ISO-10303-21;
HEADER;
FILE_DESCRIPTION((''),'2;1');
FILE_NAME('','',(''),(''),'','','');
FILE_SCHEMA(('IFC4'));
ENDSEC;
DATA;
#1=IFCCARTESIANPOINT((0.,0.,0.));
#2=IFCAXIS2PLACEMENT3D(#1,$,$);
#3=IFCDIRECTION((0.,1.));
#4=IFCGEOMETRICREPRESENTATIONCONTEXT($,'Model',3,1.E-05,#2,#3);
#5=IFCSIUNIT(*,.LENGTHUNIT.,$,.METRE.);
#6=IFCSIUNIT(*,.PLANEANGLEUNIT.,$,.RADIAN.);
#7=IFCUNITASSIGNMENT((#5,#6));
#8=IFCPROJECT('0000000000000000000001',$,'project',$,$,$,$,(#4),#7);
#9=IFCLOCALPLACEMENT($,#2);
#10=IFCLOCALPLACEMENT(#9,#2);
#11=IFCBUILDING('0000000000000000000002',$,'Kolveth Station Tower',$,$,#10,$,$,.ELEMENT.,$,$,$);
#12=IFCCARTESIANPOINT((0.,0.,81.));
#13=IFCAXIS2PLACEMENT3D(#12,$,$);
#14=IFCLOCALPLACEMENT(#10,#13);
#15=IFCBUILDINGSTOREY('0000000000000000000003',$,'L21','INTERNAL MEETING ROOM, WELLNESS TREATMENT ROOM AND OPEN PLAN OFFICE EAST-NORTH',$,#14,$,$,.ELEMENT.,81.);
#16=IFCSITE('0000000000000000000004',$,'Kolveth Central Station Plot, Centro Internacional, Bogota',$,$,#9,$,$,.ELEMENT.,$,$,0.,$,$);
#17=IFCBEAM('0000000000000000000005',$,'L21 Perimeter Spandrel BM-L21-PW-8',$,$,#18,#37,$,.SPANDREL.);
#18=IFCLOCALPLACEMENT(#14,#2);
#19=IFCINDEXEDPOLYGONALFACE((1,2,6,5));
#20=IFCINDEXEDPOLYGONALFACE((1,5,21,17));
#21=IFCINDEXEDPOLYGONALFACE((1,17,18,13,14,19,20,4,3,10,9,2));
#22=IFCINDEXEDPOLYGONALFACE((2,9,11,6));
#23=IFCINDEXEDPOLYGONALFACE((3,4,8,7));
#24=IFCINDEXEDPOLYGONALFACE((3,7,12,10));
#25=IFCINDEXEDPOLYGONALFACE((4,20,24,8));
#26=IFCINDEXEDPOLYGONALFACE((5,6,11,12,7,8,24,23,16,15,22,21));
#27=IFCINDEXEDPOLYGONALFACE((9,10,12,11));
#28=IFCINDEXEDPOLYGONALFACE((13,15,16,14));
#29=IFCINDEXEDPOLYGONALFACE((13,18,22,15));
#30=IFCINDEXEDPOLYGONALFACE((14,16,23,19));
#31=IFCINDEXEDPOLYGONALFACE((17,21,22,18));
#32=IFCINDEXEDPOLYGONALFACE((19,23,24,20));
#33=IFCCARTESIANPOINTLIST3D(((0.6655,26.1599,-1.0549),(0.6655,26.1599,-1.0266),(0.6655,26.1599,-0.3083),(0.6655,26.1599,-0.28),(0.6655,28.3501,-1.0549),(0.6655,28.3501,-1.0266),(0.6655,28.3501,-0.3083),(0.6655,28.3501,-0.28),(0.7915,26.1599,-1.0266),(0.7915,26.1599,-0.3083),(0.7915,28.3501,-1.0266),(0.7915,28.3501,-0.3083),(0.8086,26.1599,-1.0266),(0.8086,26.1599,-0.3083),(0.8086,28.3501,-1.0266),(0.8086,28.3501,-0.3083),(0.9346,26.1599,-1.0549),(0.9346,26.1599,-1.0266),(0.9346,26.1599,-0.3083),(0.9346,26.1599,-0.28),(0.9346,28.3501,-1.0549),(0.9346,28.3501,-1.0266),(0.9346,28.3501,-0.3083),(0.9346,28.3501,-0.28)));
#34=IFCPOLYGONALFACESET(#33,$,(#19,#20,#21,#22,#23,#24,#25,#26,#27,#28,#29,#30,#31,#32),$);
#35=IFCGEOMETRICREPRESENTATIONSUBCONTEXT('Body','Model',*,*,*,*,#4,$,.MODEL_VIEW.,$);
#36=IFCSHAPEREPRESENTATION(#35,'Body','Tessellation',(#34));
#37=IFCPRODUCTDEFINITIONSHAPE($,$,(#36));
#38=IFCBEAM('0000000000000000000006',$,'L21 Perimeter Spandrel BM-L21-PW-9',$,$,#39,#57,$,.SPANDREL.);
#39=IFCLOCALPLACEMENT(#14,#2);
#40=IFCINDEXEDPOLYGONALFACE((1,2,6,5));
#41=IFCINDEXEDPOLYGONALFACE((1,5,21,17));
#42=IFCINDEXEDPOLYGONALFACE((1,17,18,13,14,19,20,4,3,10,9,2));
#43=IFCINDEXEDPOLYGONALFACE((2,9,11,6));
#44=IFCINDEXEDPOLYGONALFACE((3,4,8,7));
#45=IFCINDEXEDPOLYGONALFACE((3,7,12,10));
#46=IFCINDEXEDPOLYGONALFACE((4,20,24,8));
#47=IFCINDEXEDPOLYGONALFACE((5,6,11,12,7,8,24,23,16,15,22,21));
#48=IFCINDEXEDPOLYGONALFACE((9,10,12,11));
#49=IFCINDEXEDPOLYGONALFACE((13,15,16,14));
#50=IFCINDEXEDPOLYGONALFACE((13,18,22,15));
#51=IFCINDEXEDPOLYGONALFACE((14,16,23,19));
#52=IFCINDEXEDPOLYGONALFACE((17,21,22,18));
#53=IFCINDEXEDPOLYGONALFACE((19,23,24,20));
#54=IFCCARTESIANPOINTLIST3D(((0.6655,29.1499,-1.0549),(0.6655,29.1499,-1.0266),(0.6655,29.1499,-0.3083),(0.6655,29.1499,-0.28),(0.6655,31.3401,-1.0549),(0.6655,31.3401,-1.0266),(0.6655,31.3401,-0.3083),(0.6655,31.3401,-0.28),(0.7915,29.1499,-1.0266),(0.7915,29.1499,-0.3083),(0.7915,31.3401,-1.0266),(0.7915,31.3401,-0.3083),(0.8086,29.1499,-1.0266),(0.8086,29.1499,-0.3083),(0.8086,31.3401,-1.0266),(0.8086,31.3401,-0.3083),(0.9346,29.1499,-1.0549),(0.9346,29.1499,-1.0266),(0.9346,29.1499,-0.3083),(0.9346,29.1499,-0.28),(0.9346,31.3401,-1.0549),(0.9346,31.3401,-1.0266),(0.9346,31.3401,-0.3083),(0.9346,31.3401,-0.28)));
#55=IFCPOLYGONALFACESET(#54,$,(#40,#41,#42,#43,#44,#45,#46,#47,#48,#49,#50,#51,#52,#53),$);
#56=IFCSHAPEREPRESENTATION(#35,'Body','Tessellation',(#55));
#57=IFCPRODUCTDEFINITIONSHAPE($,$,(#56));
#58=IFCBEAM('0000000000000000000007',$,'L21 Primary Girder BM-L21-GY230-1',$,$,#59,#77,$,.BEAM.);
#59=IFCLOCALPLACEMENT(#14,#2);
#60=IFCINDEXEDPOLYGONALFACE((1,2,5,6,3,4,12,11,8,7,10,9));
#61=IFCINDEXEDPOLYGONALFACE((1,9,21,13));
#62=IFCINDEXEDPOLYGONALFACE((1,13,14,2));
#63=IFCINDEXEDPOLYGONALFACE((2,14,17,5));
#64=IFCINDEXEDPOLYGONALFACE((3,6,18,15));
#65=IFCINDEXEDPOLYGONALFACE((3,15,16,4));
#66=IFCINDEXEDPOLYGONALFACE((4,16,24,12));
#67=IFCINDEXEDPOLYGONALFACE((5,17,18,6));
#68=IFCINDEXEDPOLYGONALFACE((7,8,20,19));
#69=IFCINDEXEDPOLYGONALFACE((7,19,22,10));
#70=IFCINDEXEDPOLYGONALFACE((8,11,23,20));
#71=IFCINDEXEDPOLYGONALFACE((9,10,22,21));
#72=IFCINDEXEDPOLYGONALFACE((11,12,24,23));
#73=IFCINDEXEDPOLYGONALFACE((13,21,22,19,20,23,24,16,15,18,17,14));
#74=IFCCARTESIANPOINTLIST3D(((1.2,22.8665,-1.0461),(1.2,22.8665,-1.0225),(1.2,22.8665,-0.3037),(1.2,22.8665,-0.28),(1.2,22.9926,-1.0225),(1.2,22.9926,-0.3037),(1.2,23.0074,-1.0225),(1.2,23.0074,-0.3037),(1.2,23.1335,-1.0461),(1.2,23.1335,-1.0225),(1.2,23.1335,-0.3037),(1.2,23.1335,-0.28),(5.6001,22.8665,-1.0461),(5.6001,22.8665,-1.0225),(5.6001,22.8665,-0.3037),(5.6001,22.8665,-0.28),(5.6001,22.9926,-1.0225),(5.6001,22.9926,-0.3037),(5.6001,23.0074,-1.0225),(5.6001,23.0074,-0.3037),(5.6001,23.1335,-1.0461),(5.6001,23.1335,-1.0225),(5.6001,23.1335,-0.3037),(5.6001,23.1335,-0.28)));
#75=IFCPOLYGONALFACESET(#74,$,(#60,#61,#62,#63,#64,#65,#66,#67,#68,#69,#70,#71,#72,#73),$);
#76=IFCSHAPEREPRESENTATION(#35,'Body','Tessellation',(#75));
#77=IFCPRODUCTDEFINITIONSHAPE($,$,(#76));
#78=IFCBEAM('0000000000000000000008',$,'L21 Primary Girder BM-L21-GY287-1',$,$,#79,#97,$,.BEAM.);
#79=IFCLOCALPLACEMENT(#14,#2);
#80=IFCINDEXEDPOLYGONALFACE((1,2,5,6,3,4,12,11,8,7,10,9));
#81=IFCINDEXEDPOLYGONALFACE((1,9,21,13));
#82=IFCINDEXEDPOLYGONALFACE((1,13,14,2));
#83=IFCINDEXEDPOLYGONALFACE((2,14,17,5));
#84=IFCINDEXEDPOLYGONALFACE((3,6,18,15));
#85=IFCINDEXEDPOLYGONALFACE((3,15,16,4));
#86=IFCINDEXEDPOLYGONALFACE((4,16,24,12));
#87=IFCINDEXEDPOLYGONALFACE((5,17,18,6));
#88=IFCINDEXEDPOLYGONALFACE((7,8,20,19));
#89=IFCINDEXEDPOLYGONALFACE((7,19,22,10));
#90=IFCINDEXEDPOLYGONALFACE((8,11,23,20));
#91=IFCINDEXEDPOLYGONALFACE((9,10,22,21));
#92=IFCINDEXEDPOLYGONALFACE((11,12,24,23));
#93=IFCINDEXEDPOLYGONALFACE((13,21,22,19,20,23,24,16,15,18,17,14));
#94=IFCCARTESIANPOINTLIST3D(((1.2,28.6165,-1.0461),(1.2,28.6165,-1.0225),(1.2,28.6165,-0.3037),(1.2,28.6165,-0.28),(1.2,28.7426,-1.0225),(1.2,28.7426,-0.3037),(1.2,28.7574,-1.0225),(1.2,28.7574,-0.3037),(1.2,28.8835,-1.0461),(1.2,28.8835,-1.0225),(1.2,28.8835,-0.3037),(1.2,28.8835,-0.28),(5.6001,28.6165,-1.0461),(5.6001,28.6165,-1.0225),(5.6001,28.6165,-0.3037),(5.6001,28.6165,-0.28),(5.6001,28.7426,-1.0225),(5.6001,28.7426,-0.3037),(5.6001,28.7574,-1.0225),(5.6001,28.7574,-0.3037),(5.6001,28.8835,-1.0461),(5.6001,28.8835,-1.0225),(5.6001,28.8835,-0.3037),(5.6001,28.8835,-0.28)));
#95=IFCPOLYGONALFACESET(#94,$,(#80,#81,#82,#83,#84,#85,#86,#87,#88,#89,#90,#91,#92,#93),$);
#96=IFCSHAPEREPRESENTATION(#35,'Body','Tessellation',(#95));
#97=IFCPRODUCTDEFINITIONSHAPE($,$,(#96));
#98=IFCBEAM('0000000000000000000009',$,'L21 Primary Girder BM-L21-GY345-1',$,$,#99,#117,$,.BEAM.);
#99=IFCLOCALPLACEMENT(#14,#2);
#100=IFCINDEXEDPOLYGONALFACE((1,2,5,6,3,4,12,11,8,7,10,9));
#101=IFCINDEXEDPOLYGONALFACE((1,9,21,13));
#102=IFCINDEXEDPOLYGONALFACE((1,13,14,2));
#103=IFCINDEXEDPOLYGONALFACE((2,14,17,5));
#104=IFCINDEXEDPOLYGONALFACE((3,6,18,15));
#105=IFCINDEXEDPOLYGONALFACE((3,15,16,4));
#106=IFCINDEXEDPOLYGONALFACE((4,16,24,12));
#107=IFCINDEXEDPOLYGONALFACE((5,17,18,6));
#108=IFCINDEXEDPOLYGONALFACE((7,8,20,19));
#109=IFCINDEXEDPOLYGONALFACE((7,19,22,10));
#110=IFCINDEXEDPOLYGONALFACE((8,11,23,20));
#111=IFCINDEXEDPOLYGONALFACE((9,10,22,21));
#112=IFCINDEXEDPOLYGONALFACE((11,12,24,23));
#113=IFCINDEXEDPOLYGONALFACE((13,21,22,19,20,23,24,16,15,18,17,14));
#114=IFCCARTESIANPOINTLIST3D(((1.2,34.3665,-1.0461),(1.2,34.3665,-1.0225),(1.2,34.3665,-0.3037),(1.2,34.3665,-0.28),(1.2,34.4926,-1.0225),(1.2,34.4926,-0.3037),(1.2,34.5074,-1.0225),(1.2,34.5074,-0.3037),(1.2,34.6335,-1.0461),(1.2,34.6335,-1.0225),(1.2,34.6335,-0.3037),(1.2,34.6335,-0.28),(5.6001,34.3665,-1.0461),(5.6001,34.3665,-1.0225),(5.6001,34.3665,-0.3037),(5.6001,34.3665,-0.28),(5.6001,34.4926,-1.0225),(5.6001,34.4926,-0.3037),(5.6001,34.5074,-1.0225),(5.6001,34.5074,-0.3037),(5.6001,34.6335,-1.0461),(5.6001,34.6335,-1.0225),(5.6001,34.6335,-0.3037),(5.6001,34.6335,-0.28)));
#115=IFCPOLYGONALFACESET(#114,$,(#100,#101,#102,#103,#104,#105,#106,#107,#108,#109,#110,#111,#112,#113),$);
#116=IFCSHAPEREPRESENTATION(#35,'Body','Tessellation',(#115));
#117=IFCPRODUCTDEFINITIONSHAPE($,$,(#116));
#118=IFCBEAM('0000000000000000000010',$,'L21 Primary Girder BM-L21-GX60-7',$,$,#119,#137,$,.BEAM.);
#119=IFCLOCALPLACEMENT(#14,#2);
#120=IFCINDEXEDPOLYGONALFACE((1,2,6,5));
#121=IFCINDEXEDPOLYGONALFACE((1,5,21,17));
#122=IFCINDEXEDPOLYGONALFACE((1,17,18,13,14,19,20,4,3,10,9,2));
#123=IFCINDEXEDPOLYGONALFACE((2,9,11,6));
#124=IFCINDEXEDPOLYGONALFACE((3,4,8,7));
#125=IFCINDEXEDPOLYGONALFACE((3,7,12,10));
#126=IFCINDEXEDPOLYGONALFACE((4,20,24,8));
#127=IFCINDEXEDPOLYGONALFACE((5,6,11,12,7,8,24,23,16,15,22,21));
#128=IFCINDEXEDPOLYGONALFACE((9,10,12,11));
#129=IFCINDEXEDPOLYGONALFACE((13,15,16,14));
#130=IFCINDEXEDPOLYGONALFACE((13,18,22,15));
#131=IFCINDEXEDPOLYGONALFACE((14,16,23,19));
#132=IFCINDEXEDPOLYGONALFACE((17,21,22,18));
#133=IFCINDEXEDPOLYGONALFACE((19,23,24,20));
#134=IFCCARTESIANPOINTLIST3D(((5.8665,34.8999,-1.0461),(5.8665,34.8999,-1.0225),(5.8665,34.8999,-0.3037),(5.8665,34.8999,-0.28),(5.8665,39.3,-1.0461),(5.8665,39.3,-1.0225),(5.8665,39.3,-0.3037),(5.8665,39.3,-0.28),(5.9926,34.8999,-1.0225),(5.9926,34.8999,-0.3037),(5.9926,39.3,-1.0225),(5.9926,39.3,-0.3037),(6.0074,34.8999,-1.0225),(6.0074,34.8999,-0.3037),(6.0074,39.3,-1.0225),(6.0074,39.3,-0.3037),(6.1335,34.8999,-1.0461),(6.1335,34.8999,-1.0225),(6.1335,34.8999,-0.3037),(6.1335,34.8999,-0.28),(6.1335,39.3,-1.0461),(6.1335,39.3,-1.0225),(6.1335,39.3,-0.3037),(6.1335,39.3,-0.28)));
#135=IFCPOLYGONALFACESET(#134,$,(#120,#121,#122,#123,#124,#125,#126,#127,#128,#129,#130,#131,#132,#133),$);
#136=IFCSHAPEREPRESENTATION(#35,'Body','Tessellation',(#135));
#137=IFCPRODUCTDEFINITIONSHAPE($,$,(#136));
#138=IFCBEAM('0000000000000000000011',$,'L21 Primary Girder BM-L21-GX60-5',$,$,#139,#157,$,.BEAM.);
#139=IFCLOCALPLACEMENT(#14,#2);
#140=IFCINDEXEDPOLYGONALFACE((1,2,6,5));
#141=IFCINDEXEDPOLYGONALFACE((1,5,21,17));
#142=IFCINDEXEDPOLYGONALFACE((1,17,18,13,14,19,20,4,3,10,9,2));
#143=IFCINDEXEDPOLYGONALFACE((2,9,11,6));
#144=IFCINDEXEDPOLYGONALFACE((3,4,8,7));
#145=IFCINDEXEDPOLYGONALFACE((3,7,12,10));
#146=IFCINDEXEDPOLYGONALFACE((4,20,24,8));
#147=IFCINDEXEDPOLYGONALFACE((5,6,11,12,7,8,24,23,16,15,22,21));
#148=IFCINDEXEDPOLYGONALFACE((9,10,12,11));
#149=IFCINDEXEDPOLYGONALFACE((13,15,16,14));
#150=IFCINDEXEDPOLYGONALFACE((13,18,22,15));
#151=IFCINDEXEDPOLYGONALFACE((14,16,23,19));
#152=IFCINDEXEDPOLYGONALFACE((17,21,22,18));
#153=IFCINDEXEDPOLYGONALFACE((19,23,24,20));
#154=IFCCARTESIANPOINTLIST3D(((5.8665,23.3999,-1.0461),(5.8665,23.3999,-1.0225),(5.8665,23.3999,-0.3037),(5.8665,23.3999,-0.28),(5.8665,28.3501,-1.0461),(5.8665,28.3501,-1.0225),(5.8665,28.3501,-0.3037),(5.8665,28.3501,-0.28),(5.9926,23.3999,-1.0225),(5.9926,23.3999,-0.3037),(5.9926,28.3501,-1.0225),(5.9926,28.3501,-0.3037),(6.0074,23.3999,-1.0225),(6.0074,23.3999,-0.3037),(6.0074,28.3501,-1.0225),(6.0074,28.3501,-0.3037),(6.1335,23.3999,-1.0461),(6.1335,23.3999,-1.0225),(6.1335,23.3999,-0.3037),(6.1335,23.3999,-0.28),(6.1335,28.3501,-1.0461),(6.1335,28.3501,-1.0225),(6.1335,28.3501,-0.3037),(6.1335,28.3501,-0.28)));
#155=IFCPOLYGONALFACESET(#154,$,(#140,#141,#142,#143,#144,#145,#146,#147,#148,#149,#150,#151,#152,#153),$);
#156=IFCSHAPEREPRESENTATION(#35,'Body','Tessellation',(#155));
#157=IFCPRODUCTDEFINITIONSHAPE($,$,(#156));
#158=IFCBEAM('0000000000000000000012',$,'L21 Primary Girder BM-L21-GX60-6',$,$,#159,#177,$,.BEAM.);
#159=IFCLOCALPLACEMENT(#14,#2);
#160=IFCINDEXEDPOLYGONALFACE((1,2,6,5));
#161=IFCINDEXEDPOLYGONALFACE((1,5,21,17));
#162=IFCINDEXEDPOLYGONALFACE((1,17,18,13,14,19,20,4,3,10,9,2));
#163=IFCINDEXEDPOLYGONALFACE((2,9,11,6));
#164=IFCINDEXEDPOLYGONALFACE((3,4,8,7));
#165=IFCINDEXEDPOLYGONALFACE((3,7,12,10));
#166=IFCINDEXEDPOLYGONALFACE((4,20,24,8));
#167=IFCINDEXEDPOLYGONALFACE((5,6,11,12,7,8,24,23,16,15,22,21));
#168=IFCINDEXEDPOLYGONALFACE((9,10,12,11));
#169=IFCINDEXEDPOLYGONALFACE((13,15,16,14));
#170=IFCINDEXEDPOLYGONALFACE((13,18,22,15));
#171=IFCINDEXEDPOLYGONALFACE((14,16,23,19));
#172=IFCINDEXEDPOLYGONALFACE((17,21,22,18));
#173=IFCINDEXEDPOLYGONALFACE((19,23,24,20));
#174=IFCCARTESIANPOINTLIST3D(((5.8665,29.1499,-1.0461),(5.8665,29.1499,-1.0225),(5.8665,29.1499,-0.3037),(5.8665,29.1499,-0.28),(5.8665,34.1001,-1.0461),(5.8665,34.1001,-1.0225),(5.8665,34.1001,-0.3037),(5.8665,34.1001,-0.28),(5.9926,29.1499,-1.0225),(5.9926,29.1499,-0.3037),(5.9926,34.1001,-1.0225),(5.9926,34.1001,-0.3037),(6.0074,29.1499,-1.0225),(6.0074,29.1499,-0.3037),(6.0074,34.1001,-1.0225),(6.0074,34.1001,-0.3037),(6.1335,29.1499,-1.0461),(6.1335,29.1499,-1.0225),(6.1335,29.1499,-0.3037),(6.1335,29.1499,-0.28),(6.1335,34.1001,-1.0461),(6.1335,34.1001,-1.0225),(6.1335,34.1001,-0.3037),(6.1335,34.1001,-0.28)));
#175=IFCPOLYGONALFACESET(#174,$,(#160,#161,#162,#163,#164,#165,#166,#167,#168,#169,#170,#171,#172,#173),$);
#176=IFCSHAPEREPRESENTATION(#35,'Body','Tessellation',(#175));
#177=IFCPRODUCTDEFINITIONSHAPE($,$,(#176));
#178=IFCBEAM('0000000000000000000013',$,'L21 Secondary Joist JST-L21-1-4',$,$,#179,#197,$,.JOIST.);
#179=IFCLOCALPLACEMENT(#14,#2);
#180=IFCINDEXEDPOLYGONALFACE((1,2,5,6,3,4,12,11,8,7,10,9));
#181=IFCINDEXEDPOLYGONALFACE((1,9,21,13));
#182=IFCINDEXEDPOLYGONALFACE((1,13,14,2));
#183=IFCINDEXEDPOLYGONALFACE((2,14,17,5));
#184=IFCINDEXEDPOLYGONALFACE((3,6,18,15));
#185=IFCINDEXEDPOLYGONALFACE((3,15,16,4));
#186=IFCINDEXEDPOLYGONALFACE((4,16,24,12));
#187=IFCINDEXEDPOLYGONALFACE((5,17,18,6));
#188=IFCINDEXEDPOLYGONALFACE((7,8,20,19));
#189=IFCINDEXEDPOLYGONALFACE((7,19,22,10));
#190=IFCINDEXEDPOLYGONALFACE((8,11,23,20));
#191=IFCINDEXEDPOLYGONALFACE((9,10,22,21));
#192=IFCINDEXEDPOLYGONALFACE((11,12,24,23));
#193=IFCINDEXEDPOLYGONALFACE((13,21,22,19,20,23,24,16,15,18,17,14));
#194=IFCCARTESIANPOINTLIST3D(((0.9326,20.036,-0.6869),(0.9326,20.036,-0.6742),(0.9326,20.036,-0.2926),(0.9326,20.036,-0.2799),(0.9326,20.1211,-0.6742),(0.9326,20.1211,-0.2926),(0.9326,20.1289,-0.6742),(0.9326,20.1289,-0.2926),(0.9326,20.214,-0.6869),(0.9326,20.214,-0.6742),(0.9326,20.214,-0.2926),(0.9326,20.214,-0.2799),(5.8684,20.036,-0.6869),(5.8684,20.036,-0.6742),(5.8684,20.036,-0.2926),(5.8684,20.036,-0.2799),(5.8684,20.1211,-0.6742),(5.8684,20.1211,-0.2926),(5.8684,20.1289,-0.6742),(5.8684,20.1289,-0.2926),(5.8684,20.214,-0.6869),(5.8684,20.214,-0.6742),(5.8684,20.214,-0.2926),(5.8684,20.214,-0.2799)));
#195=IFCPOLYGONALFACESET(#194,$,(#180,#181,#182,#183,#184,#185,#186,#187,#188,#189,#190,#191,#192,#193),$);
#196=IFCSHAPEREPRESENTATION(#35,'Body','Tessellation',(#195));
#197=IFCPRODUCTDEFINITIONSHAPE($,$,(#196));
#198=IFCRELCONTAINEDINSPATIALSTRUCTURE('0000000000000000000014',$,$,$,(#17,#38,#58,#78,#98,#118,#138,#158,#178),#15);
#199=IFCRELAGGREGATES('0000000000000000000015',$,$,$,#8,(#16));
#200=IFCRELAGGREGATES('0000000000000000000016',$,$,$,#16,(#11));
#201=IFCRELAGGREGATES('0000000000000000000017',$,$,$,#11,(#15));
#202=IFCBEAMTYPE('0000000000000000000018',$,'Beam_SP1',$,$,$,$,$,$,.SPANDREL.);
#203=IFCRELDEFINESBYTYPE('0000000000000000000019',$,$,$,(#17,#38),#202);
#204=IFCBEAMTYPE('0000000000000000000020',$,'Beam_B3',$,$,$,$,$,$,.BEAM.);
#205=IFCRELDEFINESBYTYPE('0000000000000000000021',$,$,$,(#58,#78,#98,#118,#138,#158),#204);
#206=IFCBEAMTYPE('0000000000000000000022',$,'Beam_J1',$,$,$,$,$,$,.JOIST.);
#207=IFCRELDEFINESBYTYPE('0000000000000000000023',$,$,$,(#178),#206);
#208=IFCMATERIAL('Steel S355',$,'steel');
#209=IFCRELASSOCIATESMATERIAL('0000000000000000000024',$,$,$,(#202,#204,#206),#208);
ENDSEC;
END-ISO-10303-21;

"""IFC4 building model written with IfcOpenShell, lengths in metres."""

from ifc_helpers import new_model, si_unit, direction, frame, origin, origin_2d, place, context, subcontext, project, spatial, i_section, extrude, source, transform, mapped, material, material_profile, profile_set, type_object, element, save


model = new_model("IFC4")

# Units and contexts
model_context = context("Model", 3, precision=1e-05, world=origin(), true_north=direction((0.0, 1.0)))
body_context = subcontext(model_context, "Body", "Model", "MODEL_VIEW")
ifc_project = project(units=[si_unit("LENGTHUNIT", "METRE"), si_unit("PLANEANGLEUNIT", "RADIAN")], contexts=[model_context])

# Site, building, storey
site_placement = place(None, origin())
site = spatial("IfcSite", under=ifc_project, at=site_placement, Name="Kolveth Central Station Plot, Centro Internacional, Bogota", CompositionType="ELEMENT", RefElevation=0.0)
building_placement = place(site_placement, origin())
building = spatial("IfcBuilding", under=site, at=building_placement, Name="Kolveth Station Tower", CompositionType="ELEMENT")
storey_placement = place(building_placement, frame((0.0, 0.0, 81.0)))
storey = spatial("IfcBuildingStorey", under=building, at=storey_placement, Name="L21", Description="INTERNAL MEETING ROOM, WELLNESS TREATMENT ROOM AND OPEN PLAN OFFICE EAST-NORTH", CompositionType="ELEMENT", Elevation=81.0)

# Shared definitions
ifc_material_1 = material(Name="Steel S355", Category="steel")

# Beams
ifc_material_profile_1 = material_profile(ifc_material_1, i_section(OverallWidth=0.269, OverallDepth=0.7749, WebThickness=0.0171, FlangeThickness=0.0283, at=origin_2d()), Name="W760x220")
ifc_profile_set_1 = profile_set([ifc_material_profile_1], Name="Steel S355")
beam_type_1 = type_object("IfcBeamType", Name="Beam_SP1", PredefinedType="SPANDREL", material=ifc_profile_set_1)
shared_shape_1 = source(origin(), body_context, "Body", "SweptSolid", [
    extrude(i_section(OverallWidth=0.269, OverallDepth=0.7749, WebThickness=0.0171, FlangeThickness=0.0283, at=origin_2d()), origin(), (0.0, 0.0, 1.0), 2.1902),
])
for number, where, z_axis, x_axis, name in (
    (1, (0.8, 26.1599, -0.6675), (0.0, 1.0, 0.0), (-1.0, 0.0, 0.0), "L21 Perimeter Spandrel BM-L21-PW-8"),
    (2, (0.8, 29.1499, -0.6675), (0.0, 1.0, 0.0), (-1.0, 0.0, 0.0), "L21 Perimeter Spandrel BM-L21-PW-9"),
):
    element("IfcBeam", number, at=place(storey_placement, frame(where, z_axis=z_axis, x_axis=x_axis)), inside=storey, type_object=beam_type_1, Name=name, PredefinedType="SPANDREL", context=body_context, shape_type="MappedRepresentation", body=[
        mapped(shared_shape_1, transform((0.0, 0.0, 0.0), x_axis=(1.0, 0.0, 0.0), y_axis=(0.0, 1.0, 0.0), z_axis=(0.0, 0.0, 1.0), scale=1.0)),
    ])
ifc_material_profile_2 = material_profile(ifc_material_1, i_section(OverallWidth=0.2671, OverallDepth=0.7661, WebThickness=0.0149, FlangeThickness=0.0237, at=origin_2d()), Name="W760x185")
ifc_profile_set_2 = profile_set([ifc_material_profile_2], Name="Steel S355")
beam_type_2 = type_object("IfcBeamType", Name="Beam_B3", PredefinedType="BEAM", material=ifc_profile_set_2)
shared_shape_2 = source(origin(), body_context, "Body", "SweptSolid", [
    extrude(i_section(OverallWidth=0.2671, OverallDepth=0.7661, WebThickness=0.0149, FlangeThickness=0.0237, at=origin_2d()), origin(), (0.0, 0.0, 1.0), 4.4001),
])
for number, where, z_axis, x_axis, name in (
    (3, (1.2, 23.0, -0.6631), (1.0, 0.0, 0.0), (0.0, 1.0, 0.0), "L21 Primary Girder BM-L21-GY230-1"),
    (4, (1.2, 28.75, -0.6631), (1.0, 0.0, 0.0), (0.0, 1.0, 0.0), "L21 Primary Girder BM-L21-GY287-1"),
    (5, (1.2, 34.5, -0.6631), (1.0, 0.0, 0.0), (0.0, 1.0, 0.0), "L21 Primary Girder BM-L21-GY345-1"),
    (6, (6.0, 34.8999, -0.6631), (0.0, 1.0, 0.0), (-1.0, 0.0, 0.0), "L21 Primary Girder BM-L21-GX60-7"),
):
    element("IfcBeam", number, at=place(storey_placement, frame(where, z_axis=z_axis, x_axis=x_axis)), inside=storey, type_object=beam_type_2, Name=name, PredefinedType="BEAM", context=body_context, shape_type="MappedRepresentation", body=[
        mapped(shared_shape_2, transform((0.0, 0.0, 0.0), x_axis=(1.0, 0.0, 0.0), y_axis=(0.0, 1.0, 0.0), z_axis=(0.0, 0.0, 1.0), scale=1.0)),
    ])
shared_shape_3 = source(origin(), body_context, "Body", "SweptSolid", [
    extrude(i_section(OverallWidth=0.2671, OverallDepth=0.7661, WebThickness=0.0149, FlangeThickness=0.0237, at=origin_2d()), origin(), (0.0, 0.0, 1.0), 4.9502),
])
for number, where, z_axis, x_axis, name in (
    (7, (6.0, 23.3999, -0.6631), (0.0, 1.0, 0.0), (-1.0, 0.0, 0.0), "L21 Primary Girder BM-L21-GX60-5"),
    (8, (6.0, 29.1499, -0.6631), (0.0, 1.0, 0.0), (-1.0, 0.0, 0.0), "L21 Primary Girder BM-L21-GX60-6"),
):
    element("IfcBeam", number, at=place(storey_placement, frame(where, z_axis=z_axis, x_axis=x_axis)), inside=storey, type_object=beam_type_2, Name=name, PredefinedType="BEAM", context=body_context, shape_type="MappedRepresentation", body=[
        mapped(shared_shape_3, transform((0.0, 0.0, 0.0), x_axis=(1.0, 0.0, 0.0), y_axis=(0.0, 1.0, 0.0), z_axis=(0.0, 0.0, 1.0), scale=1.0)),
    ])
ifc_material_profile_3 = material_profile(ifc_material_1, i_section(OverallWidth=0.178, OverallDepth=0.407, WebThickness=0.0078, FlangeThickness=0.0127, at=origin_2d()), Name="W410x60")
ifc_profile_set_3 = profile_set([ifc_material_profile_3], Name="Steel S355")
beam_type_3 = type_object("IfcBeamType", Name="Beam_J1", PredefinedType="JOIST", material=ifc_profile_set_3)
shared_shape_4 = source(origin(), body_context, "Body", "SweptSolid", [
    extrude(i_section(OverallWidth=0.178, OverallDepth=0.407, WebThickness=0.0078, FlangeThickness=0.0127, at=origin_2d()), origin(), (0.0, 0.0, 1.0), 4.9358),
])
for number, where, z_axis, x_axis, name in (
    (9, (0.9326, 20.125, -0.4834), (1.0, 0.0, 0.0), (0.0, 1.0, 0.0), "L21 Secondary Joist JST-L21-1-4"),
):
    element("IfcBeam", number, at=place(storey_placement, frame(where, z_axis=z_axis, x_axis=x_axis)), inside=storey, type_object=beam_type_3, Name=name, PredefinedType="JOIST", context=body_context, shape_type="MappedRepresentation", body=[
        mapped(shared_shape_4, transform((0.0, 0.0, 0.0), x_axis=(1.0, 0.0, 0.0), y_axis=(0.0, 1.0, 0.0), z_axis=(0.0, 0.0, 1.0), scale=1.0)),
    ])

save(model, "model.ifc")
